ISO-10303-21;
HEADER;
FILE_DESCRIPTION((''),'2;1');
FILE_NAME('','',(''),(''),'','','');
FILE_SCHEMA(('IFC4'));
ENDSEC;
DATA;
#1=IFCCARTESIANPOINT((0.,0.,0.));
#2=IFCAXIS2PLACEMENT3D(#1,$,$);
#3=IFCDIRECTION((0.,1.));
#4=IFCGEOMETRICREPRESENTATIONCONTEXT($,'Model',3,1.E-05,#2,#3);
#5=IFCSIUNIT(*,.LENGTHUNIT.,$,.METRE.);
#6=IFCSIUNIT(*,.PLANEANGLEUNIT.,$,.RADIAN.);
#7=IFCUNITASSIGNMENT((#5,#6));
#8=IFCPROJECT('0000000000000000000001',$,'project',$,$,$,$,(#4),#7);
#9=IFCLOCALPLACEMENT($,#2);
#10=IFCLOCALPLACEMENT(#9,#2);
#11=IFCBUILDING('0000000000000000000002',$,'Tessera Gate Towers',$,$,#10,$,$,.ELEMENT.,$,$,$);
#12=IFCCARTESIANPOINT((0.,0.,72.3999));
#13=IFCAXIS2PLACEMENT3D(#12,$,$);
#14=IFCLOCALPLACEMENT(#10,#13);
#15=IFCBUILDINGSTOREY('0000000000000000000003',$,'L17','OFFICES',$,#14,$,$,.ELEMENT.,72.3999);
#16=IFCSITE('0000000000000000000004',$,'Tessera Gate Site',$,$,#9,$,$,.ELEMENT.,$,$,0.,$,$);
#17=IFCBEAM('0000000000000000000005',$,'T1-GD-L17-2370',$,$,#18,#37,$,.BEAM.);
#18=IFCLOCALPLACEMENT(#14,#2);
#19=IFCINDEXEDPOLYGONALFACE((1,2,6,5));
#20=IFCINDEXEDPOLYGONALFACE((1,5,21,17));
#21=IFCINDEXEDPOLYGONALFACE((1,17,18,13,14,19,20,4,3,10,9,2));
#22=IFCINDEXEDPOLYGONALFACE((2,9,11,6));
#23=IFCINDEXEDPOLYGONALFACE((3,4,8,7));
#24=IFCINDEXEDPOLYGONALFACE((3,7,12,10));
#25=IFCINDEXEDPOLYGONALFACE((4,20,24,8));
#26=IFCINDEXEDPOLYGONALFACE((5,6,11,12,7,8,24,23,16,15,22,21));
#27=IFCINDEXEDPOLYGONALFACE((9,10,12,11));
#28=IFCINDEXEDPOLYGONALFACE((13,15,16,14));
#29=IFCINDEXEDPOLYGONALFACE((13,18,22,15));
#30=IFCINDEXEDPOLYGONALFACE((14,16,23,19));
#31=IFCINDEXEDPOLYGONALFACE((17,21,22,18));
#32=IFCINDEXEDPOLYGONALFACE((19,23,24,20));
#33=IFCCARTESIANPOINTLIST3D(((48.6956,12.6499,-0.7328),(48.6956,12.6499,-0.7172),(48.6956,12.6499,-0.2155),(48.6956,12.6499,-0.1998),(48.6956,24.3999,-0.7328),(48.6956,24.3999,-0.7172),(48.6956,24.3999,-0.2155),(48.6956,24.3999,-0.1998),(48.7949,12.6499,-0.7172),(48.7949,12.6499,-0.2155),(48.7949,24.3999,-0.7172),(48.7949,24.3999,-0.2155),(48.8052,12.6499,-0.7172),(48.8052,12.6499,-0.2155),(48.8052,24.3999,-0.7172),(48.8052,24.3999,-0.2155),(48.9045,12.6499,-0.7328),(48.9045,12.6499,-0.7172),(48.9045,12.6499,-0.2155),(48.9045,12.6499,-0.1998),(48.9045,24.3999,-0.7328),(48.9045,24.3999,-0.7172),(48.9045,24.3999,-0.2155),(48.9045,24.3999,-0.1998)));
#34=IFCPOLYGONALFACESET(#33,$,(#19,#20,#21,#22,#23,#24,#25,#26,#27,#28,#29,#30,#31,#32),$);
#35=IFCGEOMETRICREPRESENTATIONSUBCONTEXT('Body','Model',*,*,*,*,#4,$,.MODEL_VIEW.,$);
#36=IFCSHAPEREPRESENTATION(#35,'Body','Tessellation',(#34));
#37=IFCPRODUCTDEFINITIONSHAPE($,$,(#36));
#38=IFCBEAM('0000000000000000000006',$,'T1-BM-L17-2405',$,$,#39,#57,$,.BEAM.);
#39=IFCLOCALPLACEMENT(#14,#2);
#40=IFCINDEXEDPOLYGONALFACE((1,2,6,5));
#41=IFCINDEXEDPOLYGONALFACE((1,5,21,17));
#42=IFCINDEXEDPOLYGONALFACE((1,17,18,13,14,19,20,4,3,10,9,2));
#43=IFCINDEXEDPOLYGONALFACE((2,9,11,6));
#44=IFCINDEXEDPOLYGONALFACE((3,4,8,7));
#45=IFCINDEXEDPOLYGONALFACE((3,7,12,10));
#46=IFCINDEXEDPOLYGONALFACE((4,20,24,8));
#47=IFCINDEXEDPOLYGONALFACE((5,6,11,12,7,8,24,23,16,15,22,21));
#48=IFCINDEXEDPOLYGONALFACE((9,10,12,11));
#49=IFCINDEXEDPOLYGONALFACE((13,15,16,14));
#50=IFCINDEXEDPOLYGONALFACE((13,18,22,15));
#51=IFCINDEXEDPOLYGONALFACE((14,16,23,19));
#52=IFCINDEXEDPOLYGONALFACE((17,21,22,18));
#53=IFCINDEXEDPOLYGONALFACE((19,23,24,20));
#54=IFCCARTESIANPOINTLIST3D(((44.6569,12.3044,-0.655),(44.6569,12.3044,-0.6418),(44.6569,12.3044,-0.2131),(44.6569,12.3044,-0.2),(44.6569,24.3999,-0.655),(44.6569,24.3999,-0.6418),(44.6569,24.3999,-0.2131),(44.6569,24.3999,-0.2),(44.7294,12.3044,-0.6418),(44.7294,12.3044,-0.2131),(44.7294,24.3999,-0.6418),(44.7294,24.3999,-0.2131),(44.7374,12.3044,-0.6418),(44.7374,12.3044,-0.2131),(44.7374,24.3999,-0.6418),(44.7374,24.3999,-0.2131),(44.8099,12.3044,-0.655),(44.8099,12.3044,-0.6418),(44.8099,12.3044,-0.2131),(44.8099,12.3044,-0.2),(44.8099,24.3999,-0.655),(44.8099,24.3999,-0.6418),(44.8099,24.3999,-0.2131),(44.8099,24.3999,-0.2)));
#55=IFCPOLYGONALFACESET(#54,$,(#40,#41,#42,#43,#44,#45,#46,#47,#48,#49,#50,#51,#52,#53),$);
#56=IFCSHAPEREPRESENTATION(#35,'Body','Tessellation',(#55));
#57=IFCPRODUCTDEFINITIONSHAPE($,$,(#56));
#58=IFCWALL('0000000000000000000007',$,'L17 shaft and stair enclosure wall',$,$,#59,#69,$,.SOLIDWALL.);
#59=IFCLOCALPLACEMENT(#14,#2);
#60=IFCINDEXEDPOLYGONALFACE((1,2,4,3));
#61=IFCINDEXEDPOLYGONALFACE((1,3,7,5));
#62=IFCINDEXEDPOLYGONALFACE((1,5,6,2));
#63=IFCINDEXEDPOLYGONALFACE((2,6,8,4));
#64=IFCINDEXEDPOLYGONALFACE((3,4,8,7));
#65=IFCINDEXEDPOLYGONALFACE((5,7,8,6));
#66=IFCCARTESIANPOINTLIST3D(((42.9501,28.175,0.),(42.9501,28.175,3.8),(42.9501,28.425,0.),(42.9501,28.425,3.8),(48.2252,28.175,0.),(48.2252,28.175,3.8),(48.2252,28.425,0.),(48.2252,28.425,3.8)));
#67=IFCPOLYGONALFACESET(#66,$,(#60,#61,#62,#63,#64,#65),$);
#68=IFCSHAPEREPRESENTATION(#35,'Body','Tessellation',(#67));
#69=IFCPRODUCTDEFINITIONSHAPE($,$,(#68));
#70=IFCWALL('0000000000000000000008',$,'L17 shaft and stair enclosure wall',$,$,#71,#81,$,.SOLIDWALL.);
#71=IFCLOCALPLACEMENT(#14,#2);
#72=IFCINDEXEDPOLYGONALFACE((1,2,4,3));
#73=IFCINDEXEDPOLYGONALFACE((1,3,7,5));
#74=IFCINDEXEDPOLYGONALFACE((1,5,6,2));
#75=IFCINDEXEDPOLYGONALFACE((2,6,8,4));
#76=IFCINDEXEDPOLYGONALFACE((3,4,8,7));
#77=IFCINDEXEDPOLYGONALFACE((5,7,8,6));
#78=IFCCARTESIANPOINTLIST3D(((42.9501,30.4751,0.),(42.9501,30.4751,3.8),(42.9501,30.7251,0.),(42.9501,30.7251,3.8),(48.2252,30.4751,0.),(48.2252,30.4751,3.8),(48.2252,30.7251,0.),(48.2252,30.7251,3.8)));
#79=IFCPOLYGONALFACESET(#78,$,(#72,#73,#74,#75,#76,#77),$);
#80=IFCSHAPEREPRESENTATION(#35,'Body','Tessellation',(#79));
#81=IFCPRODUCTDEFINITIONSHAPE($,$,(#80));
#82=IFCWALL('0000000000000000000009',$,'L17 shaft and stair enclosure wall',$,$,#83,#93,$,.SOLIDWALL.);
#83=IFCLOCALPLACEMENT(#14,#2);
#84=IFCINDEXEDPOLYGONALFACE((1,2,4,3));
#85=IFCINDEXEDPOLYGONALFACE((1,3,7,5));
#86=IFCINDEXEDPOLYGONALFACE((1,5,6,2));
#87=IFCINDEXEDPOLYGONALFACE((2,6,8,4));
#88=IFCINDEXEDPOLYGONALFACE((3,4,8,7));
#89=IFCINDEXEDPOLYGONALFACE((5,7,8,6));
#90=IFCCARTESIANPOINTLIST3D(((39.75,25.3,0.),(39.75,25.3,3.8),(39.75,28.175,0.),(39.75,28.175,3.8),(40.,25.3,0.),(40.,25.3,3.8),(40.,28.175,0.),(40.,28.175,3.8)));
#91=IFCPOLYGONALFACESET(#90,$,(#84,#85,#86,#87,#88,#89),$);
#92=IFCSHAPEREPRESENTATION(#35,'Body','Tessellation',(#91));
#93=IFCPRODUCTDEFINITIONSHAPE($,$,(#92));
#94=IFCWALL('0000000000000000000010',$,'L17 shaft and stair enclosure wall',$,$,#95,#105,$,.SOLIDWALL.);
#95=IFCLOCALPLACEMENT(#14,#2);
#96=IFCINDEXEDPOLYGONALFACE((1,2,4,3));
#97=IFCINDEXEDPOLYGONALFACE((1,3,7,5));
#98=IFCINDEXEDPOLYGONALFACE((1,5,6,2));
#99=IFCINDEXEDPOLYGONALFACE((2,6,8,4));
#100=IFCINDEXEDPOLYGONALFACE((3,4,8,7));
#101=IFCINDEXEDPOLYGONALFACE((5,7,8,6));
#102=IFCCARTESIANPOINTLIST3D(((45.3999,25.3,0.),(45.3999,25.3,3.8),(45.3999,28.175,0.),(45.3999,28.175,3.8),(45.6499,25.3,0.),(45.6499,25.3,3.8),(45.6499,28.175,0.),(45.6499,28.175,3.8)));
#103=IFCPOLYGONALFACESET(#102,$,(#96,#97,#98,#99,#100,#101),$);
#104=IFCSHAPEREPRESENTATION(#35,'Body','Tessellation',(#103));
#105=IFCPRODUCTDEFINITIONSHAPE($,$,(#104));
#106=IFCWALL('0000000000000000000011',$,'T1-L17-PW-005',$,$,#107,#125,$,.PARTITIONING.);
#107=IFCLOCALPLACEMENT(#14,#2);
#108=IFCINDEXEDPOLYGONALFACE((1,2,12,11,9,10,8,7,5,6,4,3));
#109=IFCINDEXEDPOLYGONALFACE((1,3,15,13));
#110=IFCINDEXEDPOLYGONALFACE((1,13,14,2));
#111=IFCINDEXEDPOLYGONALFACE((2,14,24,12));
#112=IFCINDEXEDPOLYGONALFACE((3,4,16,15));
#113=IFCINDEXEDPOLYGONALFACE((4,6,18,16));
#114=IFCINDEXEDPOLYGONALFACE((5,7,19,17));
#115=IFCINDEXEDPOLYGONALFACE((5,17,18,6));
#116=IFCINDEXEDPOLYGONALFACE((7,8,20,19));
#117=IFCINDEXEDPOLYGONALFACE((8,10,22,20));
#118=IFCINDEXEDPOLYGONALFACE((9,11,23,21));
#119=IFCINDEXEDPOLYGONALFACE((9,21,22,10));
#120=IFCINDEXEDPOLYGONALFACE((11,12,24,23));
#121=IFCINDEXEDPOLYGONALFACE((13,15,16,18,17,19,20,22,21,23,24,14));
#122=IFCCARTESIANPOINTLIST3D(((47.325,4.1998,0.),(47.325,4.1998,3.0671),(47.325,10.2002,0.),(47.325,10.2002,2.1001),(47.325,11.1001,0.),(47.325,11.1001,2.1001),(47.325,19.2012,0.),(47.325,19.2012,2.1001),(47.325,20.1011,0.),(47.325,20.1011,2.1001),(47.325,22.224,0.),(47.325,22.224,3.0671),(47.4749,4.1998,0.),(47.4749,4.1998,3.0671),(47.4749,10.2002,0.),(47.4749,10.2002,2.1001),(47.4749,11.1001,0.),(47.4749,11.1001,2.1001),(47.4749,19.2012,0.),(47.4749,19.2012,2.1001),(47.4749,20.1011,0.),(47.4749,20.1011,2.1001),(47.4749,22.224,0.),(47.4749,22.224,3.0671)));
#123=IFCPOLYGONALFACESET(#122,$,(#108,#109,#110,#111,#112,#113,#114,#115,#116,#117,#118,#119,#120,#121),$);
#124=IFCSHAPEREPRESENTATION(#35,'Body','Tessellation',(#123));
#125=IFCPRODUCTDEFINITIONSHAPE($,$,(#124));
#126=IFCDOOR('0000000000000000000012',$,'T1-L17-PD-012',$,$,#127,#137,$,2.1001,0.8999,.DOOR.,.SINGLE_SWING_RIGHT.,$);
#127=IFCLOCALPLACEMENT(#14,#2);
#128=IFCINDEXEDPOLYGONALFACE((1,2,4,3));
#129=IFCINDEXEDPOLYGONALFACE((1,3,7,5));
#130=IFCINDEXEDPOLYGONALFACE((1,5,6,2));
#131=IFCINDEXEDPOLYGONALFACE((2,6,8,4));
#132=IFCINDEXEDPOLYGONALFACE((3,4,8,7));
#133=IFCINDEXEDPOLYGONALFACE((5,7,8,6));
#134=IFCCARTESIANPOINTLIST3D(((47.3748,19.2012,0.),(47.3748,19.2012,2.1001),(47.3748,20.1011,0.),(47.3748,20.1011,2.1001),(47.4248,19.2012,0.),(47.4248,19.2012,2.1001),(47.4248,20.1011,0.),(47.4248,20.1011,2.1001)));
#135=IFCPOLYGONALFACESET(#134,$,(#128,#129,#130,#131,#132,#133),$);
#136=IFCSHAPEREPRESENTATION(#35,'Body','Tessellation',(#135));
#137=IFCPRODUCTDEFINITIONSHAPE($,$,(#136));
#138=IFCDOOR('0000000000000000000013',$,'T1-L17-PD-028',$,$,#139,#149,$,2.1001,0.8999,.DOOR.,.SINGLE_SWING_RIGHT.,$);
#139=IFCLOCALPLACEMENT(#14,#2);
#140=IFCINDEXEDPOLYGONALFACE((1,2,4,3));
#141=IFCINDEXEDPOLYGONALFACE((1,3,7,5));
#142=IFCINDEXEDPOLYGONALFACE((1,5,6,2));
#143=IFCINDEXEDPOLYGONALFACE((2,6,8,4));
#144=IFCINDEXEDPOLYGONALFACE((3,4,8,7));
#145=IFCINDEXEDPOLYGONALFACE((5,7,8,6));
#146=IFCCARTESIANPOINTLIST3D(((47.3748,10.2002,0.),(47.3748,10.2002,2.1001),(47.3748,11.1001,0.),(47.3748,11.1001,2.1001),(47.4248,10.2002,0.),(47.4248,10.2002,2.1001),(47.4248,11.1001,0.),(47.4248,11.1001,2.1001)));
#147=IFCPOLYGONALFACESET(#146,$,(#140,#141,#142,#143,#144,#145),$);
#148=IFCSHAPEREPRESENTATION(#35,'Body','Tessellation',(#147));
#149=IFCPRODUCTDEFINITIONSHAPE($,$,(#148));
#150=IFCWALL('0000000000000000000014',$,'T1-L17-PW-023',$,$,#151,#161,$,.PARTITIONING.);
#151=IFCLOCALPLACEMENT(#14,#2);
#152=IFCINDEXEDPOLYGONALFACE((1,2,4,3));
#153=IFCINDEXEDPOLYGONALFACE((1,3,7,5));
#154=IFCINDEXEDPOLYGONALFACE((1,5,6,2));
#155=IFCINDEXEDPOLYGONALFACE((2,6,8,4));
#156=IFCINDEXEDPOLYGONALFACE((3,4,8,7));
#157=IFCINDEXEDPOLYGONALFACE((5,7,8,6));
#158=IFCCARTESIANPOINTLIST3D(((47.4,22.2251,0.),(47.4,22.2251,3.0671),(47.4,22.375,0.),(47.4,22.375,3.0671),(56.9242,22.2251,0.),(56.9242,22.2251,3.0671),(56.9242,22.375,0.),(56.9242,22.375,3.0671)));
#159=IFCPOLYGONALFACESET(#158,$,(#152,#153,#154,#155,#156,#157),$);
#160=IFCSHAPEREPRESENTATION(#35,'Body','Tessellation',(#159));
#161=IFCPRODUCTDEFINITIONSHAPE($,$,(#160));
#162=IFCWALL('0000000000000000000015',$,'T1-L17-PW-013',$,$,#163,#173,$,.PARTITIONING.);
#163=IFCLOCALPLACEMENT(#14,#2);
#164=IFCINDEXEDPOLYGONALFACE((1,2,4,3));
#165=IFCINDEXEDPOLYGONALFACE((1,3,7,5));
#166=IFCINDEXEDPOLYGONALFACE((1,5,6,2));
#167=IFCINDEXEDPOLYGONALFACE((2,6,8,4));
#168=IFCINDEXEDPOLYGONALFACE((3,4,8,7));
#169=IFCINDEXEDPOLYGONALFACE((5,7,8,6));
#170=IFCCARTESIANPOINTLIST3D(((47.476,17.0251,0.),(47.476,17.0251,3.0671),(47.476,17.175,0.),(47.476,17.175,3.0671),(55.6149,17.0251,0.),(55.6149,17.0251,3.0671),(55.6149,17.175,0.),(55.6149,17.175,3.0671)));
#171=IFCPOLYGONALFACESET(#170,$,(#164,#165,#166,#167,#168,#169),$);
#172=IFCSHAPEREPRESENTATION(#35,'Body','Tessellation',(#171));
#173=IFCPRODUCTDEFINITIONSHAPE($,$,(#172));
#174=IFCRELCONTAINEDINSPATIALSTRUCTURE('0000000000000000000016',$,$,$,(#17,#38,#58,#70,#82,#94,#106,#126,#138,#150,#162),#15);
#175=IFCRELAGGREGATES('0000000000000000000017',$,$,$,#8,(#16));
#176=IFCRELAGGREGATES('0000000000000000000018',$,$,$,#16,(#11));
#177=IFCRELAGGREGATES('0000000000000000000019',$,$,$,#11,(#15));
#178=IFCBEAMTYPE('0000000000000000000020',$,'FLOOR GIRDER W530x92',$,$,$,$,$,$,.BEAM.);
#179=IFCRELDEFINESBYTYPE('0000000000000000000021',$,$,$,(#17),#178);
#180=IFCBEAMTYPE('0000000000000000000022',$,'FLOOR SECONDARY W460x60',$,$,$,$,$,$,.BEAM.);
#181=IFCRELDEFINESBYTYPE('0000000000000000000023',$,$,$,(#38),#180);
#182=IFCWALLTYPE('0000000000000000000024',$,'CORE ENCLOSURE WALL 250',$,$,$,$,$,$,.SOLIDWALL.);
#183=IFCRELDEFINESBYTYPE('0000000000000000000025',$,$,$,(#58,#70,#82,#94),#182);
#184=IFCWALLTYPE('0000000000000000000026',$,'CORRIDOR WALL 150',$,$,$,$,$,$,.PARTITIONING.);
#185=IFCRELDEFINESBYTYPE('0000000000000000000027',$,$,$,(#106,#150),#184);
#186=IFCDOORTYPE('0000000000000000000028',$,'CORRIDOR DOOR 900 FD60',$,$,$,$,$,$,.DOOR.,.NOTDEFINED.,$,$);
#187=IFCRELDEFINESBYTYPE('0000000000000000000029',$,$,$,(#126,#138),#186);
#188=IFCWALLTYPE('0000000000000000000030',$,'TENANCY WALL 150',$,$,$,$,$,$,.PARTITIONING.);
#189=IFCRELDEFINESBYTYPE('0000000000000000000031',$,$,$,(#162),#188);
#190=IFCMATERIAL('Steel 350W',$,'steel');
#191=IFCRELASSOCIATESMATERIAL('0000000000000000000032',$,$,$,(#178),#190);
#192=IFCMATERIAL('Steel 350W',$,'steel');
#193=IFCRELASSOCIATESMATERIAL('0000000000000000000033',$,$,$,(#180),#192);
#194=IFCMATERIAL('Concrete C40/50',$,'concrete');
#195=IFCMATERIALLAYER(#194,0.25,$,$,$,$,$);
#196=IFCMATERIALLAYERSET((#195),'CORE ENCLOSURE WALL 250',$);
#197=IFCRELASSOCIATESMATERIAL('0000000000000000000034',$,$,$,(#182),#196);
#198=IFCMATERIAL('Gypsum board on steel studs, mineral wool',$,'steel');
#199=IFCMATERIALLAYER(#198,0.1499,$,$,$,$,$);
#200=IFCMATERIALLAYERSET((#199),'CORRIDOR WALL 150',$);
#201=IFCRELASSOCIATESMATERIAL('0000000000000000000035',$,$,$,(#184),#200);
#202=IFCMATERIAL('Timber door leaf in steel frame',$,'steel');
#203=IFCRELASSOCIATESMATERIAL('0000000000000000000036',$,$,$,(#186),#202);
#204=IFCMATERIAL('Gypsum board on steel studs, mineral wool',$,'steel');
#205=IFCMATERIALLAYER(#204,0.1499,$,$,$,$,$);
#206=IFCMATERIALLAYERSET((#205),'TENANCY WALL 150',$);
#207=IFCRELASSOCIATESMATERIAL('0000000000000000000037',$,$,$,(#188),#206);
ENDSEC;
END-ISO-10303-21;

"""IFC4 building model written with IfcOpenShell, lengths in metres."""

from ifc_helpers import new_model, si_unit, direction, frame, frame_2d, origin, origin_2d, place, context, subcontext, project, spatial, rectangle, i_section, extrude, source, transform, mapped, material, layer, layer_set, material_profile, profile_set, type_object, element, fill, save


model = new_model("IFC4")

# Units and contexts
model_context = context("Model", 3, precision=1e-05, world=origin(), true_north=direction((0.0, 1.0)))
body_context = subcontext(model_context, "Body", "Model", "MODEL_VIEW")
ifc_project = project(units=[si_unit("LENGTHUNIT", "METRE"), si_unit("PLANEANGLEUNIT", "RADIAN")], contexts=[model_context])

# Site, building, storey
site_placement = place(None, origin())
site = spatial("IfcSite", under=ifc_project, at=site_placement, Name="Tessera Gate Site", CompositionType="ELEMENT", RefElevation=0.0)
building_placement = place(site_placement, origin())
building = spatial("IfcBuilding", under=site, at=building_placement, Name="Tessera Gate Towers", CompositionType="ELEMENT")
storey_placement = place(building_placement, frame((0.0, 0.0, 72.3999)))
storey = spatial("IfcBuildingStorey", under=building, at=storey_placement, Name="L17", Description="OFFICES", CompositionType="ELEMENT", Elevation=72.3999)

# Beams
ifc_material_1 = material(Name="Steel 350W", Category="steel")
ifc_material_profile_1 = material_profile(ifc_material_1, i_section(OverallWidth=0.209, OverallDepth=0.533, WebThickness=0.0103, FlangeThickness=0.0156, at=origin_2d()), Name="W530x92")
ifc_profile_set_1 = profile_set([ifc_material_profile_1], Name="Steel 350W")
beam_type_1 = type_object("IfcBeamType", Name="FLOOR GIRDER W530x92", PredefinedType="BEAM", material=ifc_profile_set_1)
beam_1_placement = place(storey_placement, frame((48.8, 12.6499, -0.4663), z_axis=(0.0, 1.0, 0.0), x_axis=(-1.0, 0.0, 0.0)))
element("IfcBeam", 1, at=beam_1_placement, inside=storey, type_object=beam_type_1, Name="T1-GD-L17-2370", PredefinedType="BEAM", context=body_context, shape_type="SweptSolid", body=[
    extrude(i_section(OverallWidth=0.209, OverallDepth=0.533, WebThickness=0.0103, FlangeThickness=0.0156, at=origin_2d()), origin(), (0.0, 0.0, 1.0), 11.75),
])
ifc_material_2 = material(Name="Steel 350W", Category="steel")
ifc_material_profile_2 = material_profile(ifc_material_2, i_section(OverallWidth=0.1531, OverallDepth=0.4551, WebThickness=0.0081, FlangeThickness=0.0132, at=origin_2d()), Name="W460x60")
ifc_profile_set_2 = profile_set([ifc_material_profile_2], Name="Steel 350W")
beam_type_2 = type_object("IfcBeamType", Name="FLOOR SECONDARY W460x60", PredefinedType="BEAM", material=ifc_profile_set_2)
beam_2_placement = place(storey_placement, frame((44.7334, 12.3044, -0.4275), z_axis=(0.0, 1.0, 0.0), x_axis=(-1.0, 0.0, 0.0)))
element("IfcBeam", 2, at=beam_2_placement, inside=storey, type_object=beam_type_2, Name="T1-BM-L17-2405", PredefinedType="BEAM", context=body_context, shape_type="SweptSolid", body=[
    extrude(i_section(OverallWidth=0.1531, OverallDepth=0.4551, WebThickness=0.0081, FlangeThickness=0.0132, at=origin_2d()), origin(), (0.0, 0.0, 1.0), 12.0955),
])

# Walls
ifc_material_3 = material(Name="Concrete C40/50", Category="concrete")
ifc_layer_1 = layer(ifc_material_3, 0.25)
ifc_layer_set_1 = layer_set([ifc_layer_1], Name="CORE ENCLOSURE WALL 250")
wall_type_1 = type_object("IfcWallType", Name="CORE ENCLOSURE WALL 250", PredefinedType="SOLIDWALL", material=ifc_layer_set_1)
for number, where, z_axis, x_axis, name in (
    (3, (42.95, 28.3, 0.0), (0.0, 0.0, 1.0), (1.0, 0.0, 0.0), "L17 shaft and stair enclosure wall"),
    (4, (42.95, 30.6001, 0.0), (0.0, 0.0, 1.0), (1.0, 0.0, 0.0), "L17 shaft and stair enclosure wall"),
):
    element("IfcWall", number, at=place(storey_placement, frame(where, z_axis=z_axis, x_axis=x_axis)), inside=storey, type_object=wall_type_1, Name=name, PredefinedType="SOLIDWALL", context=body_context, shape_type="SweptSolid", body=[
        extrude(rectangle(XDim=5.2751, YDim=0.25, at=frame_2d((2.6377, 0.0))), origin(), (0.0, 0.0, 1.0), 3.8),
    ])
for number, where, z_axis, x_axis, name in (
    (5, (39.875, 25.3, 0.0), (0.0, 0.0, 1.0), (0.0, 1.0, 0.0), "L17 shaft and stair enclosure wall"),
    (6, (45.5249, 25.3, 0.0), (0.0, 0.0, 1.0), (0.0, 1.0, 0.0), "L17 shaft and stair enclosure wall"),
):
    element("IfcWall", number, at=place(storey_placement, frame(where, z_axis=z_axis, x_axis=x_axis)), inside=storey, type_object=wall_type_1, Name=name, PredefinedType="SOLIDWALL", context=body_context, shape_type="SweptSolid", body=[
        extrude(rectangle(XDim=2.875, YDim=0.25, at=frame_2d((1.4375, 0.0))), origin(), (0.0, 0.0, 1.0), 3.8),
    ])

# Wall, openings, doors
ifc_material_4 = material(Name="Gypsum board on steel studs, mineral wool", Category="steel")
ifc_layer_2 = layer(ifc_material_4, 0.1499)
ifc_layer_set_2 = layer_set([ifc_layer_2], Name="CORRIDOR WALL 150")
wall_type_2 = type_object("IfcWallType", Name="CORRIDOR WALL 150", PredefinedType="PARTITIONING", material=ifc_layer_set_2)
wall_1_placement = place(storey_placement, frame((47.3999, 22.2241, 0.0), z_axis=(0.0, 0.0, 1.0), x_axis=(0.0, -1.0, 0.0)))
wall_1 = element("IfcWall", 7, at=wall_1_placement, inside=storey, type_object=wall_type_2, Name="T1-L17-PW-005", PredefinedType="PARTITIONING", context=body_context, shape_type="SweptSolid", body=[
    extrude(rectangle(XDim=18.0242, YDim=0.1499, at=frame_2d((9.0122, 0.0))), origin(), (0.0, 0.0, 1.0), 3.0671),
])
shared_shape_1 = source(origin(), body_context, "Body", "SweptSolid", [
    extrude(rectangle(XDim=0.8999, YDim=2.1001, at=frame_2d((0.45, 1.05))), frame((0.0, 0.085, 0.0), z_axis=(0.0, -1.0, 0.0), x_axis=(1.0, 0.0, 0.0)), (0.0, 0.0, 1.0), 0.1699),
])
opening_1_placement = place(wall_1_placement, frame((2.123, 0.0, 0.0)))
opening_1 = element("IfcOpeningElement", 8, at=opening_1_placement, cuts=wall_1, PredefinedType="OPENING", context=body_context, shape_type="MappedRepresentation", body=[
    mapped(shared_shape_1, transform((0.0, 0.0, 0.0), scale=1.0)),
])
opening_2_placement = place(wall_1_placement, frame((11.124, 0.0, 0.0)))
opening_2 = element("IfcOpeningElement", 9, at=opening_2_placement, cuts=wall_1, PredefinedType="OPENING", context=body_context, shape_type="MappedRepresentation", body=[
    mapped(shared_shape_1, transform((0.0, 0.0, 0.0), scale=1.0)),
])
ifc_material_5 = material(Name="Timber door leaf in steel frame", Category="steel")
door_type = type_object("IfcDoorType", Name="CORRIDOR DOOR 900 FD60", OperationType="NOTDEFINED", PredefinedType="DOOR", material=ifc_material_5)
shared_shape_2 = source(origin(), body_context, "Body", "SweptSolid", [
    extrude(rectangle(XDim=0.8999, YDim=2.1001, at=frame_2d((0.45, 1.05))), frame((0.0, 0.0249, 0.0), z_axis=(0.0, -1.0, 0.0), x_axis=(1.0, 0.0, 0.0)), (0.0, 0.0, 1.0), 0.05),
])
door_1_placement = place(opening_1_placement, origin())
door_1 = element("IfcDoor", 10, at=door_1_placement, inside=storey, type_object=door_type, Name="T1-L17-PD-012", OperationType="SINGLE_SWING_RIGHT", OverallHeight=2.1001, OverallWidth=0.8999, PredefinedType="DOOR", context=body_context, shape_type="MappedRepresentation", body=[
    mapped(shared_shape_2, transform((0.0, 0.0, 0.0), scale=1.0)),
])
fill(opening_1, door_1)
door_2_placement = place(opening_2_placement, origin())
door_2 = element("IfcDoor", 11, at=door_2_placement, inside=storey, type_object=door_type, Name="T1-L17-PD-028", OperationType="SINGLE_SWING_RIGHT", OverallHeight=2.1001, OverallWidth=0.8999, PredefinedType="DOOR", context=body_context, shape_type="MappedRepresentation", body=[
    mapped(shared_shape_2, transform((0.0, 0.0, 0.0), scale=1.0)),
])
fill(opening_2, door_2)

# Walls
wall_2_placement = place(storey_placement, frame((47.3999, 22.3, 0.0), z_axis=(0.0, 0.0, 1.0), x_axis=(1.0, 0.0, 0.0)))
element("IfcWall", 12, at=wall_2_placement, inside=storey, type_object=wall_type_2, Name="T1-L17-PW-023", PredefinedType="PARTITIONING", context=body_context, shape_type="SweptSolid", body=[
    extrude(rectangle(XDim=9.5242, YDim=0.1499, at=frame_2d((4.7622, 0.0))), origin(), (0.0, 0.0, 1.0), 3.0671),
])
ifc_material_6 = material(Name="Gypsum board on steel studs, mineral wool", Category="steel")
ifc_layer_3 = layer(ifc_material_6, 0.1499)
ifc_layer_set_3 = layer_set([ifc_layer_3], Name="TENANCY WALL 150")
wall_type_3 = type_object("IfcWallType", Name="TENANCY WALL 150", PredefinedType="PARTITIONING", material=ifc_layer_set_3)
wall_3_placement = place(storey_placement, frame((47.4761, 17.1001, 0.0), z_axis=(0.0, 0.0, 1.0), x_axis=(1.0, 0.0, 0.0)))
element("IfcWall", 13, at=wall_3_placement, inside=storey, type_object=wall_type_3, Name="T1-L17-PW-013", PredefinedType="PARTITIONING", context=body_context, shape_type="SweptSolid", body=[
    extrude(rectangle(XDim=8.1389, YDim=0.1499, at=frame_2d((4.0693, 0.0))), origin(), (0.0, 0.0, 1.0), 3.0671),
])

save(model, "model.ifc")
